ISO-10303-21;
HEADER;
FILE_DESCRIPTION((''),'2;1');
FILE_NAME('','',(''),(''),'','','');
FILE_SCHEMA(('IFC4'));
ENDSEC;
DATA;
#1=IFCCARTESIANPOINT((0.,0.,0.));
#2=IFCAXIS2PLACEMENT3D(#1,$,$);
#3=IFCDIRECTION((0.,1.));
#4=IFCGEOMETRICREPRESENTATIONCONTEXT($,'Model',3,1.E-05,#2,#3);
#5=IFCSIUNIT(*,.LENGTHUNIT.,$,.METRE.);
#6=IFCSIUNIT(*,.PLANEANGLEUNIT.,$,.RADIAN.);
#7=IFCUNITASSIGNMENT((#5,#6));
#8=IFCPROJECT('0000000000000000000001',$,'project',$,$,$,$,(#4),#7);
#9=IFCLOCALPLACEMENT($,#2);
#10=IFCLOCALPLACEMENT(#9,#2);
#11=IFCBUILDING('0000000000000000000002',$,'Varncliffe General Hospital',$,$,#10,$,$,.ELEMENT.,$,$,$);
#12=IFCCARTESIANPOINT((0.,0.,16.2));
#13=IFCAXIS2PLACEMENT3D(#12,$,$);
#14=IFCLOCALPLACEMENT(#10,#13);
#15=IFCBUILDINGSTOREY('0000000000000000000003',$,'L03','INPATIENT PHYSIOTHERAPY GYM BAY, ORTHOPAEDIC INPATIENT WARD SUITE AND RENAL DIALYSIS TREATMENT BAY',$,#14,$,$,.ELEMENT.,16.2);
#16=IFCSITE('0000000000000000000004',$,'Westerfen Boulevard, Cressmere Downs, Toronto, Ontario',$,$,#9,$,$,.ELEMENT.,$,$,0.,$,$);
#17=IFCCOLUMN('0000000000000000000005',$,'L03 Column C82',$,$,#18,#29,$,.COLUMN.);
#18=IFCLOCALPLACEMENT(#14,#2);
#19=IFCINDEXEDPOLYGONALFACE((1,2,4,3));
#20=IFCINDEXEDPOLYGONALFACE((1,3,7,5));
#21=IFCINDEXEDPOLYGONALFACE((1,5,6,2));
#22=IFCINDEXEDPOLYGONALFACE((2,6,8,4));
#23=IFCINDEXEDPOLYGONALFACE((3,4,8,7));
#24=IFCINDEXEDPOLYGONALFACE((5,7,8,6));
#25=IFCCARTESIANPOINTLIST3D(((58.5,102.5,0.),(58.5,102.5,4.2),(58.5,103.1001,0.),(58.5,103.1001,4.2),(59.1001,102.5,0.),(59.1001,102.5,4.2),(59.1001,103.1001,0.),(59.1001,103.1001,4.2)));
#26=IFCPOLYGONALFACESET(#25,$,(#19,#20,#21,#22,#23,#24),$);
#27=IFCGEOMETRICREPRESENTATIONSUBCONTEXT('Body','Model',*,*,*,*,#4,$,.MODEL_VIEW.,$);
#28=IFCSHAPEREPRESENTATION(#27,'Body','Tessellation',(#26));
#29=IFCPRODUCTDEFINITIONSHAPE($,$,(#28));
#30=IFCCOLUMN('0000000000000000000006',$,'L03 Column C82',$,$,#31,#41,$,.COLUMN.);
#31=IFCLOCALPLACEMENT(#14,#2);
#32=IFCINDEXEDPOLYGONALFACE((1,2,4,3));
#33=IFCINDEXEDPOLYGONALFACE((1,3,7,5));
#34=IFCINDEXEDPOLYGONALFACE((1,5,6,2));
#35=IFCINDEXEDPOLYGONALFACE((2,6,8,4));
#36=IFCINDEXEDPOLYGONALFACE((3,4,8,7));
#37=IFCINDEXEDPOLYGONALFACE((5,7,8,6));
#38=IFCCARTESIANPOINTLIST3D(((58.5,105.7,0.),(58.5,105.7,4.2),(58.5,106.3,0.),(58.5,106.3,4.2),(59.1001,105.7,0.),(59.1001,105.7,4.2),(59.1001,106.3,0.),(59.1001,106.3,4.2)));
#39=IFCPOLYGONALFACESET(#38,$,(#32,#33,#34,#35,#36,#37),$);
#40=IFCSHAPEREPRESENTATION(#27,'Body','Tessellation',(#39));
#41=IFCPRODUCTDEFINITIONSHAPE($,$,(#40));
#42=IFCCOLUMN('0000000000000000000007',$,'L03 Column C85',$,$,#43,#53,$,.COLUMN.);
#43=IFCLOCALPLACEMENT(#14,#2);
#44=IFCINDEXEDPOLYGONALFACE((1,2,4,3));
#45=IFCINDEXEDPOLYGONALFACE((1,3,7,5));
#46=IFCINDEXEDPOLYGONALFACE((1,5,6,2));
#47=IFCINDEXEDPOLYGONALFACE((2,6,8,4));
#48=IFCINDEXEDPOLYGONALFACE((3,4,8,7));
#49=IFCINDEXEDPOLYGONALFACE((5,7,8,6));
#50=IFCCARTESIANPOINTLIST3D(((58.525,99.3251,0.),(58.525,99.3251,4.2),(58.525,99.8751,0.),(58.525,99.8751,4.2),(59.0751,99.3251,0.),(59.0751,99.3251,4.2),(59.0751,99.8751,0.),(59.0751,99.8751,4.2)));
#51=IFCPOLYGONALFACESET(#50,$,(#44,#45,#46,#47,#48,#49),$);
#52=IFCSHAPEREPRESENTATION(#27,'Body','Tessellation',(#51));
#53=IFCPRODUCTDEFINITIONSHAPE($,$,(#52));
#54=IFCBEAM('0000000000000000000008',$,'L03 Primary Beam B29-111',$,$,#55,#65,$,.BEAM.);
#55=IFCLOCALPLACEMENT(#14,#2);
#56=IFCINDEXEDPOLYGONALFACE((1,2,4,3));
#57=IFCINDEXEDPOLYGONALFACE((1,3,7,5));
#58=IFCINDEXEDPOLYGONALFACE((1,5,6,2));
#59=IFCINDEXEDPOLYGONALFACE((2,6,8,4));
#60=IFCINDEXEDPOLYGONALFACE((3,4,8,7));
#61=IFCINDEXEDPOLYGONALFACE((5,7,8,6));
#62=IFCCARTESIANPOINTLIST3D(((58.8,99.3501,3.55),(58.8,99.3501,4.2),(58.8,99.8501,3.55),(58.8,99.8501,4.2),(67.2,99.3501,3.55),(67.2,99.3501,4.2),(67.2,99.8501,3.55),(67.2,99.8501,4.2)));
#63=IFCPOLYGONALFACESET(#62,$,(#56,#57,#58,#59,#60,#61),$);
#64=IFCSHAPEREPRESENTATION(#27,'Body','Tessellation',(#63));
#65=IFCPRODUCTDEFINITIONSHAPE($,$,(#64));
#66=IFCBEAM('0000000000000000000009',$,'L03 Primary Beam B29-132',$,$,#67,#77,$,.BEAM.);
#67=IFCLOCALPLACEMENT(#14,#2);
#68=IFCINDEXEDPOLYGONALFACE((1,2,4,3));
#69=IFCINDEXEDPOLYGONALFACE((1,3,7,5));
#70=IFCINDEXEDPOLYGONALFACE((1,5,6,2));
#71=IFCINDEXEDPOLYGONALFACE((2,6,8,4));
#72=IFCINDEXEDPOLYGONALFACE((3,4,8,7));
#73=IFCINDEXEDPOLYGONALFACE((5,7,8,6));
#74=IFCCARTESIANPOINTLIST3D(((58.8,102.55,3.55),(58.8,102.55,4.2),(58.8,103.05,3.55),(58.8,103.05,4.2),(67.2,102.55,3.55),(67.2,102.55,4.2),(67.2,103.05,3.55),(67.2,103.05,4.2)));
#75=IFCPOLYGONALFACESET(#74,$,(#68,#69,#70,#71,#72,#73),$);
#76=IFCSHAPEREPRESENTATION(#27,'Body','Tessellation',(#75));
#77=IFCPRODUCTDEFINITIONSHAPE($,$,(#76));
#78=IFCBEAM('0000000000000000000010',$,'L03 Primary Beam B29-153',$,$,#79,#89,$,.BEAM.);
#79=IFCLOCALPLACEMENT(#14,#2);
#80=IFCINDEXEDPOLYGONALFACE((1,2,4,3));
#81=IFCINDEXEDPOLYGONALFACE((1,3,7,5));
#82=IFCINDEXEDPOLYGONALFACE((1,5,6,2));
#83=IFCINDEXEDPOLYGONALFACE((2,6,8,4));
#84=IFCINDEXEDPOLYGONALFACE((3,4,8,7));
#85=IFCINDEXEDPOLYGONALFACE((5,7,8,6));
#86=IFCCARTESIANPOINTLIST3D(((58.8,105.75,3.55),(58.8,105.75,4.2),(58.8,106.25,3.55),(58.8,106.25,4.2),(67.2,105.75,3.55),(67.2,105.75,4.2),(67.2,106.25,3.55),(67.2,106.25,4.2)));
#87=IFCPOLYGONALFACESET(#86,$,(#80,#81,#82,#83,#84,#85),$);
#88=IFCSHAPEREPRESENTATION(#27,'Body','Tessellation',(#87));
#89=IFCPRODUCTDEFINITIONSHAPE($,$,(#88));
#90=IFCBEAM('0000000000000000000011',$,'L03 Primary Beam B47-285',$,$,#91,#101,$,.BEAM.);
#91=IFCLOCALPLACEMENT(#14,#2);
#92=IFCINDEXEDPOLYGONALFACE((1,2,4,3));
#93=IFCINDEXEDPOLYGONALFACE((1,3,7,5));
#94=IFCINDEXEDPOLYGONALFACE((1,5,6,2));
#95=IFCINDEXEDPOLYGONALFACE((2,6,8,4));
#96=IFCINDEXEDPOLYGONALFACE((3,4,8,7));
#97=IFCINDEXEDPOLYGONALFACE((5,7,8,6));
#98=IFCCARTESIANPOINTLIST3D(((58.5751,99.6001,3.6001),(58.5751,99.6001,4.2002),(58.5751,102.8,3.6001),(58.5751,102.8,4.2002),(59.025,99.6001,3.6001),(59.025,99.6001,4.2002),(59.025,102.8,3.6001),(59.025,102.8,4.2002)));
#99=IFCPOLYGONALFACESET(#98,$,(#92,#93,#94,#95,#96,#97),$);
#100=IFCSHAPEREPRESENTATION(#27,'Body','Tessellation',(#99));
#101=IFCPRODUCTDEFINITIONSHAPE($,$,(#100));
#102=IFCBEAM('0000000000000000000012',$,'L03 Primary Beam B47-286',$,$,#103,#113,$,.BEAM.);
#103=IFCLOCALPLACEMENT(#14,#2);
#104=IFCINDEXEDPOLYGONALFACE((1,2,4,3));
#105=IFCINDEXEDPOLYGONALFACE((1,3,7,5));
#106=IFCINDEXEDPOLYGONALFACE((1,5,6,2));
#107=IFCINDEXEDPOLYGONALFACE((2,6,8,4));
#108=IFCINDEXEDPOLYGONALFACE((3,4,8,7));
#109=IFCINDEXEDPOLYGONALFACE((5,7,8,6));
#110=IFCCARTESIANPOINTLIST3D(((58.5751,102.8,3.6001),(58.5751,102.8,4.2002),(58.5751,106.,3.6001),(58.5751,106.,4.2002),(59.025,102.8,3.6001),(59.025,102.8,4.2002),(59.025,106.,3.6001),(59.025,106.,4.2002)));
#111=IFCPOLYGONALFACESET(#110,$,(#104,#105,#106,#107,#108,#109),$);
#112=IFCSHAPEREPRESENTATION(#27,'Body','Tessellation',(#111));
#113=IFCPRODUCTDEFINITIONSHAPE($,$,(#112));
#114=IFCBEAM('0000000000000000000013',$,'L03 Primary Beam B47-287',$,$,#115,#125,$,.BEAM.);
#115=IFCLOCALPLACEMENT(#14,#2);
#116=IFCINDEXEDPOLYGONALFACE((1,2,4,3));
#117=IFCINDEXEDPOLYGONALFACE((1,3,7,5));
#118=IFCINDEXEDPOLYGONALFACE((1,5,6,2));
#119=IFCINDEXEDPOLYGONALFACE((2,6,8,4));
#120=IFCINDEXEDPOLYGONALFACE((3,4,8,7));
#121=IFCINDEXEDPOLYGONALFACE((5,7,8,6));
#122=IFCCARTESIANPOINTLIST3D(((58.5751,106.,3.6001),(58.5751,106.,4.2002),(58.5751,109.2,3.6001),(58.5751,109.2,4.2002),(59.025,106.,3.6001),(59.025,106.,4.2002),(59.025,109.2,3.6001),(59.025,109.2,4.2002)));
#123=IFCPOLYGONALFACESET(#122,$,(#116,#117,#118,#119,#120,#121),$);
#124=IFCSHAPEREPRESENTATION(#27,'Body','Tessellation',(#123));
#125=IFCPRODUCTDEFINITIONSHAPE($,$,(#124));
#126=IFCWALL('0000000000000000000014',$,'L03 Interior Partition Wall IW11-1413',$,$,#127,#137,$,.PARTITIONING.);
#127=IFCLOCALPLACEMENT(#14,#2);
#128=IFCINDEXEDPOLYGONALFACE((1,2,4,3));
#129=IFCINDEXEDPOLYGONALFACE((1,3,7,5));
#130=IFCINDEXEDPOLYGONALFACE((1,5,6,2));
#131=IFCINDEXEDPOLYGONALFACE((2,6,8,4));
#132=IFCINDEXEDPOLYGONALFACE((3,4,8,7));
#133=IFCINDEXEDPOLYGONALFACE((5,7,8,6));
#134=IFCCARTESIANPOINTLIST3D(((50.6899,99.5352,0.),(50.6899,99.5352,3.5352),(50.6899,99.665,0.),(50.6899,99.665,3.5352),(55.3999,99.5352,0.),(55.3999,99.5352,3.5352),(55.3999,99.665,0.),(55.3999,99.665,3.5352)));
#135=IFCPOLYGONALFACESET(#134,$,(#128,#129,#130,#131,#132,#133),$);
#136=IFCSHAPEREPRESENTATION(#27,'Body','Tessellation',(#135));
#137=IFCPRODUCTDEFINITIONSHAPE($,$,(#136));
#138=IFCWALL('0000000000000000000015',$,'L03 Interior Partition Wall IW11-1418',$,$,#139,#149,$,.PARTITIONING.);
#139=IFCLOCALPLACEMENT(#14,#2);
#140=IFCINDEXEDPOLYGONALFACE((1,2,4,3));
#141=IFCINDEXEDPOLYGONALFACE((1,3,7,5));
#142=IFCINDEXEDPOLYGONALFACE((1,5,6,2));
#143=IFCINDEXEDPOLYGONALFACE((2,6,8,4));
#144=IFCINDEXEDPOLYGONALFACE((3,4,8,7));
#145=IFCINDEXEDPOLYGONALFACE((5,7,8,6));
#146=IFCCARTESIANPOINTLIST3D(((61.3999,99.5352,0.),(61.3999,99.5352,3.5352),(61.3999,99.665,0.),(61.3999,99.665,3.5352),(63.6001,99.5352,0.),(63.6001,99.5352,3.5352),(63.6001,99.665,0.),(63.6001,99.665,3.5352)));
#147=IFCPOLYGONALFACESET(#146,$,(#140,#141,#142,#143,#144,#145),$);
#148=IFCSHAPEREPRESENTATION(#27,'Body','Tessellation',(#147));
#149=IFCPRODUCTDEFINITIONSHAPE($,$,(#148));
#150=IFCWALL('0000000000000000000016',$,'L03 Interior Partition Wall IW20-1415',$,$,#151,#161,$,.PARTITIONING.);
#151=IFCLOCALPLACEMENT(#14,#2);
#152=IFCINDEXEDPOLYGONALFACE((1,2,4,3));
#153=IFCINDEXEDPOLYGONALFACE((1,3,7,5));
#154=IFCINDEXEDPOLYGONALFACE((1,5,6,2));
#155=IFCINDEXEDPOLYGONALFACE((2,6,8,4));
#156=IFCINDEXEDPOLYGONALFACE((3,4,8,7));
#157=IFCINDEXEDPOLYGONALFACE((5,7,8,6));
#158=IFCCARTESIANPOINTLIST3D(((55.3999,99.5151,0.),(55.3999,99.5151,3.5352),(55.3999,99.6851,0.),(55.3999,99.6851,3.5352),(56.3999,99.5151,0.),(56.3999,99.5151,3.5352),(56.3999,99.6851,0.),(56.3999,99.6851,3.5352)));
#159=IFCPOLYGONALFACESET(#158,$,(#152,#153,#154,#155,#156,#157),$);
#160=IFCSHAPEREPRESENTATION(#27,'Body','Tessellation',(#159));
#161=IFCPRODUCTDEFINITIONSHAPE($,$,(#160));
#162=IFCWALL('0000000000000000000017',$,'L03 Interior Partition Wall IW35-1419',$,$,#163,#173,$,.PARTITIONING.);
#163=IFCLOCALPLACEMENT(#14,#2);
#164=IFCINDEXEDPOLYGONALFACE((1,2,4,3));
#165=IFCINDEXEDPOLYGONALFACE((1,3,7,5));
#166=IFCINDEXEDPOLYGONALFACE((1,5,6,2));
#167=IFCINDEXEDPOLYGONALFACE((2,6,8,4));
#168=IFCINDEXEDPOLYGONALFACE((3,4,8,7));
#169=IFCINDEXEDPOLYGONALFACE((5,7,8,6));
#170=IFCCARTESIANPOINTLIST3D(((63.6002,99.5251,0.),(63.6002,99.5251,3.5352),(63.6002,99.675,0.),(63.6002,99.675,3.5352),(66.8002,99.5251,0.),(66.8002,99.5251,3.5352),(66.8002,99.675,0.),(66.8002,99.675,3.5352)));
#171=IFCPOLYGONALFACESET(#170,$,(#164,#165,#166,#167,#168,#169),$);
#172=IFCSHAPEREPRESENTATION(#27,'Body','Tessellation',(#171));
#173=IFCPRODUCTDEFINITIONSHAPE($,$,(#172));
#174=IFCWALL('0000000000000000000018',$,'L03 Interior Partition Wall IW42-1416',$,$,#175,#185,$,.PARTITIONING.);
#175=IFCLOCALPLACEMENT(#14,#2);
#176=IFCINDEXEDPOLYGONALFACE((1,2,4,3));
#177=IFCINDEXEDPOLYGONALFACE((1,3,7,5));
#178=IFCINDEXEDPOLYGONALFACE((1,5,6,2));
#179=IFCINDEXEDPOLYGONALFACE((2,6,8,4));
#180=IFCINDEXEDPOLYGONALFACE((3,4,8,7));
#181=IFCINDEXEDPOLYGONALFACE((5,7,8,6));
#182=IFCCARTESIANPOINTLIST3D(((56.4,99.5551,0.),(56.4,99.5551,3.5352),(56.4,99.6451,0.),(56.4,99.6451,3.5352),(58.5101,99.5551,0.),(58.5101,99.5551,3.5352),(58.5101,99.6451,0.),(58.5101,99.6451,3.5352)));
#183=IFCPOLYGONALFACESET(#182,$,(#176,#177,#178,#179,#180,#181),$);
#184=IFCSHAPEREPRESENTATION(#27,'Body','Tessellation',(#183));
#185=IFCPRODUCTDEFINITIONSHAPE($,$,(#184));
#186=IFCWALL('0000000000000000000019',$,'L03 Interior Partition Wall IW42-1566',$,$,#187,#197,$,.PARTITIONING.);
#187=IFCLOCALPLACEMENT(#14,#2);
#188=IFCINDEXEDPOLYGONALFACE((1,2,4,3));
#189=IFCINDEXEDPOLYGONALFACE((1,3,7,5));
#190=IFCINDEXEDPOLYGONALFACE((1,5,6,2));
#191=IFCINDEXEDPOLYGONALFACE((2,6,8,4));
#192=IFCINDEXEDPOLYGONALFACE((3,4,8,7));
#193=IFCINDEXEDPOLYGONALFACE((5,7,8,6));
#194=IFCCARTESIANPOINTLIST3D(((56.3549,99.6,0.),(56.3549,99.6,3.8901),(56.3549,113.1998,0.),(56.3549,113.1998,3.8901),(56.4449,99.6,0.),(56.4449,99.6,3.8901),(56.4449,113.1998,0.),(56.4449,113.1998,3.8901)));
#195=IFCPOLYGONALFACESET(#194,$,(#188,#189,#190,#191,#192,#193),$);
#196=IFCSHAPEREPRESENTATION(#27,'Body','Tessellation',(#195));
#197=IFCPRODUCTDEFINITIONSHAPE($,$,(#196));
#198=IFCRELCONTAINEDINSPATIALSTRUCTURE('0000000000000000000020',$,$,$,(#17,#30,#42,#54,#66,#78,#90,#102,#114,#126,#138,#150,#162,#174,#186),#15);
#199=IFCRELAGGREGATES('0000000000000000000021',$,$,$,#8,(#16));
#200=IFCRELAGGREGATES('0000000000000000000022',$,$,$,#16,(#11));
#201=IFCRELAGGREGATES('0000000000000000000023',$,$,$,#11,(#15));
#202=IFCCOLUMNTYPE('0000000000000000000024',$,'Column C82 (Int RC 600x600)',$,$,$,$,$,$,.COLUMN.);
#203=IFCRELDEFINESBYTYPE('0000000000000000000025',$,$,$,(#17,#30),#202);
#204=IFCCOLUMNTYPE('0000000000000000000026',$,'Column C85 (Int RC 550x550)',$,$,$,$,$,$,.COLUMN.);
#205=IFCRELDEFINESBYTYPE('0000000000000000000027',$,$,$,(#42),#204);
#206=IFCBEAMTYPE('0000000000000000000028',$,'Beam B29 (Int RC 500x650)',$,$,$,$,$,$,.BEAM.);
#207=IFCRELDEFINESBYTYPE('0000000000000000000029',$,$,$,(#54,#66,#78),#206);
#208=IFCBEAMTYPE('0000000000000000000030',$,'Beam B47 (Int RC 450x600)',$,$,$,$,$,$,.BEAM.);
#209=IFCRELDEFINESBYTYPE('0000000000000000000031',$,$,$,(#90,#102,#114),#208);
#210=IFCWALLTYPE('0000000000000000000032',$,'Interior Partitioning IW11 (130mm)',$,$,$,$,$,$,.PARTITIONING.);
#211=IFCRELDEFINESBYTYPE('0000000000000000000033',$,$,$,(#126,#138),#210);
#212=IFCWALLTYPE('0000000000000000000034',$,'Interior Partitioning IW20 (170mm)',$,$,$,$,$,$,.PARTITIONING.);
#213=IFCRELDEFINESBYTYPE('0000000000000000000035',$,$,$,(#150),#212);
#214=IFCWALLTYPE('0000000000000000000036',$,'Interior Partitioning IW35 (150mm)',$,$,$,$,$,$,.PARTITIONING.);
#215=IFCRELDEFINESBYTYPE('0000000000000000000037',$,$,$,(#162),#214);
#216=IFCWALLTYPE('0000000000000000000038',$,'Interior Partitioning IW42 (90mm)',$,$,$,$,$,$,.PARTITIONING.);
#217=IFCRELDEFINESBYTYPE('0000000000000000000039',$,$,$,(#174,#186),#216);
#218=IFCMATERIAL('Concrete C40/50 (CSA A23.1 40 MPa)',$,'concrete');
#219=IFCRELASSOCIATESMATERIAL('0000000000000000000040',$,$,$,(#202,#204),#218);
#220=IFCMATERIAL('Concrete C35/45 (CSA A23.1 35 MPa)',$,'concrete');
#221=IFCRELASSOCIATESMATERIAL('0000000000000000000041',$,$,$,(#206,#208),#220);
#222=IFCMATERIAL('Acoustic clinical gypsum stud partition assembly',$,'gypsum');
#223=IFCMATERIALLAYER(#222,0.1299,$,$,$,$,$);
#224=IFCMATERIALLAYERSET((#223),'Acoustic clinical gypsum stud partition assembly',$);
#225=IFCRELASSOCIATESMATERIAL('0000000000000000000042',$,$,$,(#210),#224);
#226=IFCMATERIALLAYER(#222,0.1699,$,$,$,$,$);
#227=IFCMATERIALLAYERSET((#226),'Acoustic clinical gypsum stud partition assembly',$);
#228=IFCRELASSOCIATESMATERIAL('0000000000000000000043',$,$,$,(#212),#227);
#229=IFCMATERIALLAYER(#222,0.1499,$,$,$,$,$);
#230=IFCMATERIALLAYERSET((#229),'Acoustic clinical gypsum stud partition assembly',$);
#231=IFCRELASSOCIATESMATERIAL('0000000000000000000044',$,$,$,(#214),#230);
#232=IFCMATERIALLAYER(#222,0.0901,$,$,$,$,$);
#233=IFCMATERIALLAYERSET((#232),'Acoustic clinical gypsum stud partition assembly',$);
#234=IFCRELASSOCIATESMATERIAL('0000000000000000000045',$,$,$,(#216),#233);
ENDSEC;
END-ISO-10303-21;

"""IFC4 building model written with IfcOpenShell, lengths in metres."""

from ifc_helpers import new_model, si_unit, direction, frame, frame_2d, origin, origin_2d, place, context, subcontext, project, spatial, rectangle, extrude, material, layer, layer_set, material_profile, profile_set, type_object, element, save


model = new_model("IFC4")

# Units and contexts
model_context = context("Model", 3, precision=1e-05, world=origin(), true_north=direction((0.0, 1.0)))
body_context = subcontext(model_context, "Body", "Model", "MODEL_VIEW")
ifc_project = project(units=[si_unit("LENGTHUNIT", "METRE"), si_unit("PLANEANGLEUNIT", "RADIAN")], contexts=[model_context])

# Site, building, storey
site_placement = place(None, origin())
site = spatial("IfcSite", under=ifc_project, at=site_placement, Name="Westerfen Boulevard, Cressmere Downs, Toronto, Ontario", CompositionType="ELEMENT", RefElevation=0.0)
building_placement = place(site_placement, origin())
building = spatial("IfcBuilding", under=site, at=building_placement, Name="Varncliffe General Hospital", CompositionType="ELEMENT")
storey_placement = place(building_placement, frame((0.0, 0.0, 16.2)))
storey = spatial("IfcBuildingStorey", under=building, at=storey_placement, Name="L03", Description="INPATIENT PHYSIOTHERAPY GYM BAY, ORTHOPAEDIC INPATIENT WARD SUITE AND RENAL DIALYSIS TREATMENT BAY", CompositionType="ELEMENT", Elevation=16.2)

# Columns
ifc_material_1 = material(Name="Concrete C40/50 (CSA A23.1 40 MPa)", Category="concrete")
ifc_material_profile_1 = material_profile(ifc_material_1, rectangle(XDim=0.6001, YDim=0.6001, at=origin_2d()), Name="RC 600x600")
ifc_profile_set_1 = profile_set([ifc_material_profile_1], Name="Concrete C40/50 (CSA A23.1 40 MPa)")
column_type_1 = type_object("IfcColumnType", Name="Column C82 (Int RC 600x600)", PredefinedType="COLUMN", material=ifc_profile_set_1)
for number, where, z_axis, x_axis, name in (
    (1, (58.8, 102.8, 0.0), (0.0, 0.0, 1.0), (1.0, 0.0, 0.0), "L03 Column C82"),
    (2, (58.8, 106.0, 0.0), (0.0, 0.0, 1.0), (1.0, 0.0, 0.0), "L03 Column C82"),
):
    element("IfcColumn", number, at=place(storey_placement, frame(where, z_axis=z_axis, x_axis=x_axis)), inside=storey, type_object=column_type_1, Name=name, PredefinedType="COLUMN", context=body_context, shape_type="SweptSolid", body=[
        extrude(rectangle(XDim=0.6001, YDim=0.6001, at=origin_2d()), origin(), (0.0, 0.0, 1.0), 4.2),
    ])
ifc_material_profile_2 = material_profile(ifc_material_1, rectangle(XDim=0.55, YDim=0.55, at=origin_2d()), Name="RC 550x550")
ifc_profile_set_2 = profile_set([ifc_material_profile_2], Name="Concrete C40/50 (CSA A23.1 40 MPa)")
column_type_2 = type_object("IfcColumnType", Name="Column C85 (Int RC 550x550)", PredefinedType="COLUMN", material=ifc_profile_set_2)
column_placement = place(storey_placement, frame((58.8, 99.6001, 0.0), z_axis=(0.0, 0.0, 1.0), x_axis=(1.0, 0.0, 0.0)))
element("IfcColumn", 3, at=column_placement, inside=storey, type_object=column_type_2, Name="L03 Column C85", PredefinedType="COLUMN", context=body_context, shape_type="SweptSolid", body=[
    extrude(rectangle(XDim=0.55, YDim=0.55, at=origin_2d()), origin(), (0.0, 0.0, 1.0), 4.2),
])

# Beams
ifc_material_2 = material(Name="Concrete C35/45 (CSA A23.1 35 MPa)", Category="concrete")
ifc_material_profile_3 = material_profile(ifc_material_2, rectangle(XDim=0.5, YDim=0.6499, at=origin_2d()), Name="RC 500x650")
ifc_profile_set_3 = profile_set([ifc_material_profile_3], Name="Concrete C35/45 (CSA A23.1 35 MPa)")
beam_type_1 = type_object("IfcBeamType", Name="Beam B29 (Int RC 500x650)", PredefinedType="BEAM", material=ifc_profile_set_3)
for number, where, z_axis, x_axis, name in (
    (4, (58.8, 99.6001, 3.875), (1.0, 0.0, 0.0), (0.0, 1.0, 0.0), "L03 Primary Beam B29-111"),
    (5, (58.8, 102.8, 3.875), (1.0, 0.0, 0.0), (0.0, 1.0, 0.0), "L03 Primary Beam B29-132"),
    (6, (58.8, 106.0, 3.875), (1.0, 0.0, 0.0), (0.0, 1.0, 0.0), "L03 Primary Beam B29-153"),
):
    element("IfcBeam", number, at=place(storey_placement, frame(where, z_axis=z_axis, x_axis=x_axis)), inside=storey, type_object=beam_type_1, Name=name, PredefinedType="BEAM", context=body_context, shape_type="SweptSolid", body=[
        extrude(rectangle(XDim=0.5, YDim=0.6499, at=origin_2d()), origin(), (0.0, 0.0, 1.0), 8.3999),
    ])
ifc_material_profile_4 = material_profile(ifc_material_2, rectangle(XDim=0.45, YDim=0.6001, at=origin_2d()), Name="RC 450x600")
ifc_profile_set_4 = profile_set([ifc_material_profile_4], Name="Concrete C35/45 (CSA A23.1 35 MPa)")
beam_type_2 = type_object("IfcBeamType", Name="Beam B47 (Int RC 450x600)", PredefinedType="BEAM", material=ifc_profile_set_4)
for number, where, z_axis, x_axis, name in (
    (7, (58.8, 99.6001, 3.9001), (0.0, 1.0, 0.0), (-1.0, 0.0, 0.0), "L03 Primary Beam B47-285"),
    (8, (58.8, 102.8, 3.9001), (0.0, 1.0, 0.0), (-1.0, 0.0, 0.0), "L03 Primary Beam B47-286"),
    (9, (58.8, 106.0, 3.9001), (0.0, 1.0, 0.0), (-1.0, 0.0, 0.0), "L03 Primary Beam B47-287"),
):
    element("IfcBeam", number, at=place(storey_placement, frame(where, z_axis=z_axis, x_axis=x_axis)), inside=storey, type_object=beam_type_2, Name=name, PredefinedType="BEAM", context=body_context, shape_type="SweptSolid", body=[
        extrude(rectangle(XDim=0.45, YDim=0.6001, at=origin_2d()), origin(), (0.0, 0.0, 1.0), 3.2),
    ])

# Walls
ifc_material_3 = material(Name="Acoustic clinical gypsum stud partition assembly", Category="gypsum")
ifc_layer_1 = layer(ifc_material_3, 0.1299)
ifc_layer_set_1 = layer_set([ifc_layer_1], Name="Acoustic clinical gypsum stud partition assembly")
wall_type_1 = type_object("IfcWallType", Name="Interior Partitioning IW11 (130mm)", PredefinedType="PARTITIONING", material=ifc_layer_set_1)
wall_1_placement = place(storey_placement, frame((50.6899, 99.6001, 0.0), z_axis=(0.0, 0.0, 1.0), x_axis=(1.0, 0.0, 0.0)))
element("IfcWall", 10, at=wall_1_placement, inside=storey, type_object=wall_type_1, Name="L03 Interior Partition Wall IW11-1413", PredefinedType="PARTITIONING", context=body_context, shape_type="SweptSolid", body=[
    extrude(rectangle(XDim=4.71, YDim=0.1299, at=frame_2d((2.355, 0.0))), origin(), (0.0, 0.0, 1.0), 3.5352),
])
wall_2_placement = place(storey_placement, frame((61.3999, 99.6001, 0.0), z_axis=(0.0, 0.0, 1.0), x_axis=(1.0, 0.0, 0.0)))
element("IfcWall", 11, at=wall_2_placement, inside=storey, type_object=wall_type_1, Name="L03 Interior Partition Wall IW11-1418", PredefinedType="PARTITIONING", context=body_context, shape_type="SweptSolid", body=[
    extrude(rectangle(XDim=2.2002, YDim=0.1299, at=frame_2d((1.1001, 0.0))), origin(), (0.0, 0.0, 1.0), 3.5352),
])
ifc_layer_2 = layer(ifc_material_3, 0.1699)
ifc_layer_set_2 = layer_set([ifc_layer_2], Name="Acoustic clinical gypsum stud partition assembly")
wall_type_2 = type_object("IfcWallType", Name="Interior Partitioning IW20 (170mm)", PredefinedType="PARTITIONING", material=ifc_layer_set_2)
wall_3_placement = place(storey_placement, frame((55.3999, 99.6001, 0.0), z_axis=(0.0, 0.0, 1.0), x_axis=(1.0, 0.0, 0.0)))
element("IfcWall", 12, at=wall_3_placement, inside=storey, type_object=wall_type_2, Name="L03 Interior Partition Wall IW20-1415", PredefinedType="PARTITIONING", context=body_context, shape_type="SweptSolid", body=[
    extrude(rectangle(XDim=1.0, YDim=0.1699, at=frame_2d((0.5, 0.0))), origin(), (0.0, 0.0, 1.0), 3.5352),
])
ifc_layer_3 = layer(ifc_material_3, 0.1499)
ifc_layer_set_3 = layer_set([ifc_layer_3], Name="Acoustic clinical gypsum stud partition assembly")
wall_type_3 = type_object("IfcWallType", Name="Interior Partitioning IW35 (150mm)", PredefinedType="PARTITIONING", material=ifc_layer_set_3)
wall_4_placement = place(storey_placement, frame((63.6001, 99.6001, 0.0), z_axis=(0.0, 0.0, 1.0), x_axis=(1.0, 0.0, 0.0)))
element("IfcWall", 13, at=wall_4_placement, inside=storey, type_object=wall_type_3, Name="L03 Interior Partition Wall IW35-1419", PredefinedType="PARTITIONING", context=body_context, shape_type="SweptSolid", body=[
    extrude(rectangle(XDim=3.2, YDim=0.1499, at=frame_2d((1.6001, 0.0))), origin(), (0.0, 0.0, 1.0), 3.5352),
])
ifc_layer_4 = layer(ifc_material_3, 0.0901)
ifc_layer_set_4 = layer_set([ifc_layer_4], Name="Acoustic clinical gypsum stud partition assembly")
wall_type_4 = type_object("IfcWallType", Name="Interior Partitioning IW42 (90mm)", PredefinedType="PARTITIONING", material=ifc_layer_set_4)
wall_5_placement = place(storey_placement, frame((56.3999, 99.6001, 0.0), z_axis=(0.0, 0.0, 1.0), x_axis=(1.0, 0.0, 0.0)))
element("IfcWall", 14, at=wall_5_placement, inside=storey, type_object=wall_type_4, Name="L03 Interior Partition Wall IW42-1416", PredefinedType="PARTITIONING", context=body_context, shape_type="SweptSolid", body=[
    extrude(rectangle(XDim=2.1101, YDim=0.0901, at=frame_2d((1.0552, 0.0))), origin(), (0.0, 0.0, 1.0), 3.5352),
])
wall_6_placement = place(storey_placement, frame((56.3999, 99.6001, 0.0), z_axis=(0.0, 0.0, 1.0), x_axis=(0.0, 1.0, 0.0)))
element("IfcWall", 15, at=wall_6_placement, inside=storey, type_object=wall_type_4, Name="L03 Interior Partition Wall IW42-1566", PredefinedType="PARTITIONING", context=body_context, shape_type="SweptSolid", body=[
    extrude(rectangle(XDim=13.5999, YDim=0.0901, at=frame_2d((6.7998, 0.0))), origin(), (0.0, 0.0, 1.0), 3.8901),
])

save(model, "model.ifc")
